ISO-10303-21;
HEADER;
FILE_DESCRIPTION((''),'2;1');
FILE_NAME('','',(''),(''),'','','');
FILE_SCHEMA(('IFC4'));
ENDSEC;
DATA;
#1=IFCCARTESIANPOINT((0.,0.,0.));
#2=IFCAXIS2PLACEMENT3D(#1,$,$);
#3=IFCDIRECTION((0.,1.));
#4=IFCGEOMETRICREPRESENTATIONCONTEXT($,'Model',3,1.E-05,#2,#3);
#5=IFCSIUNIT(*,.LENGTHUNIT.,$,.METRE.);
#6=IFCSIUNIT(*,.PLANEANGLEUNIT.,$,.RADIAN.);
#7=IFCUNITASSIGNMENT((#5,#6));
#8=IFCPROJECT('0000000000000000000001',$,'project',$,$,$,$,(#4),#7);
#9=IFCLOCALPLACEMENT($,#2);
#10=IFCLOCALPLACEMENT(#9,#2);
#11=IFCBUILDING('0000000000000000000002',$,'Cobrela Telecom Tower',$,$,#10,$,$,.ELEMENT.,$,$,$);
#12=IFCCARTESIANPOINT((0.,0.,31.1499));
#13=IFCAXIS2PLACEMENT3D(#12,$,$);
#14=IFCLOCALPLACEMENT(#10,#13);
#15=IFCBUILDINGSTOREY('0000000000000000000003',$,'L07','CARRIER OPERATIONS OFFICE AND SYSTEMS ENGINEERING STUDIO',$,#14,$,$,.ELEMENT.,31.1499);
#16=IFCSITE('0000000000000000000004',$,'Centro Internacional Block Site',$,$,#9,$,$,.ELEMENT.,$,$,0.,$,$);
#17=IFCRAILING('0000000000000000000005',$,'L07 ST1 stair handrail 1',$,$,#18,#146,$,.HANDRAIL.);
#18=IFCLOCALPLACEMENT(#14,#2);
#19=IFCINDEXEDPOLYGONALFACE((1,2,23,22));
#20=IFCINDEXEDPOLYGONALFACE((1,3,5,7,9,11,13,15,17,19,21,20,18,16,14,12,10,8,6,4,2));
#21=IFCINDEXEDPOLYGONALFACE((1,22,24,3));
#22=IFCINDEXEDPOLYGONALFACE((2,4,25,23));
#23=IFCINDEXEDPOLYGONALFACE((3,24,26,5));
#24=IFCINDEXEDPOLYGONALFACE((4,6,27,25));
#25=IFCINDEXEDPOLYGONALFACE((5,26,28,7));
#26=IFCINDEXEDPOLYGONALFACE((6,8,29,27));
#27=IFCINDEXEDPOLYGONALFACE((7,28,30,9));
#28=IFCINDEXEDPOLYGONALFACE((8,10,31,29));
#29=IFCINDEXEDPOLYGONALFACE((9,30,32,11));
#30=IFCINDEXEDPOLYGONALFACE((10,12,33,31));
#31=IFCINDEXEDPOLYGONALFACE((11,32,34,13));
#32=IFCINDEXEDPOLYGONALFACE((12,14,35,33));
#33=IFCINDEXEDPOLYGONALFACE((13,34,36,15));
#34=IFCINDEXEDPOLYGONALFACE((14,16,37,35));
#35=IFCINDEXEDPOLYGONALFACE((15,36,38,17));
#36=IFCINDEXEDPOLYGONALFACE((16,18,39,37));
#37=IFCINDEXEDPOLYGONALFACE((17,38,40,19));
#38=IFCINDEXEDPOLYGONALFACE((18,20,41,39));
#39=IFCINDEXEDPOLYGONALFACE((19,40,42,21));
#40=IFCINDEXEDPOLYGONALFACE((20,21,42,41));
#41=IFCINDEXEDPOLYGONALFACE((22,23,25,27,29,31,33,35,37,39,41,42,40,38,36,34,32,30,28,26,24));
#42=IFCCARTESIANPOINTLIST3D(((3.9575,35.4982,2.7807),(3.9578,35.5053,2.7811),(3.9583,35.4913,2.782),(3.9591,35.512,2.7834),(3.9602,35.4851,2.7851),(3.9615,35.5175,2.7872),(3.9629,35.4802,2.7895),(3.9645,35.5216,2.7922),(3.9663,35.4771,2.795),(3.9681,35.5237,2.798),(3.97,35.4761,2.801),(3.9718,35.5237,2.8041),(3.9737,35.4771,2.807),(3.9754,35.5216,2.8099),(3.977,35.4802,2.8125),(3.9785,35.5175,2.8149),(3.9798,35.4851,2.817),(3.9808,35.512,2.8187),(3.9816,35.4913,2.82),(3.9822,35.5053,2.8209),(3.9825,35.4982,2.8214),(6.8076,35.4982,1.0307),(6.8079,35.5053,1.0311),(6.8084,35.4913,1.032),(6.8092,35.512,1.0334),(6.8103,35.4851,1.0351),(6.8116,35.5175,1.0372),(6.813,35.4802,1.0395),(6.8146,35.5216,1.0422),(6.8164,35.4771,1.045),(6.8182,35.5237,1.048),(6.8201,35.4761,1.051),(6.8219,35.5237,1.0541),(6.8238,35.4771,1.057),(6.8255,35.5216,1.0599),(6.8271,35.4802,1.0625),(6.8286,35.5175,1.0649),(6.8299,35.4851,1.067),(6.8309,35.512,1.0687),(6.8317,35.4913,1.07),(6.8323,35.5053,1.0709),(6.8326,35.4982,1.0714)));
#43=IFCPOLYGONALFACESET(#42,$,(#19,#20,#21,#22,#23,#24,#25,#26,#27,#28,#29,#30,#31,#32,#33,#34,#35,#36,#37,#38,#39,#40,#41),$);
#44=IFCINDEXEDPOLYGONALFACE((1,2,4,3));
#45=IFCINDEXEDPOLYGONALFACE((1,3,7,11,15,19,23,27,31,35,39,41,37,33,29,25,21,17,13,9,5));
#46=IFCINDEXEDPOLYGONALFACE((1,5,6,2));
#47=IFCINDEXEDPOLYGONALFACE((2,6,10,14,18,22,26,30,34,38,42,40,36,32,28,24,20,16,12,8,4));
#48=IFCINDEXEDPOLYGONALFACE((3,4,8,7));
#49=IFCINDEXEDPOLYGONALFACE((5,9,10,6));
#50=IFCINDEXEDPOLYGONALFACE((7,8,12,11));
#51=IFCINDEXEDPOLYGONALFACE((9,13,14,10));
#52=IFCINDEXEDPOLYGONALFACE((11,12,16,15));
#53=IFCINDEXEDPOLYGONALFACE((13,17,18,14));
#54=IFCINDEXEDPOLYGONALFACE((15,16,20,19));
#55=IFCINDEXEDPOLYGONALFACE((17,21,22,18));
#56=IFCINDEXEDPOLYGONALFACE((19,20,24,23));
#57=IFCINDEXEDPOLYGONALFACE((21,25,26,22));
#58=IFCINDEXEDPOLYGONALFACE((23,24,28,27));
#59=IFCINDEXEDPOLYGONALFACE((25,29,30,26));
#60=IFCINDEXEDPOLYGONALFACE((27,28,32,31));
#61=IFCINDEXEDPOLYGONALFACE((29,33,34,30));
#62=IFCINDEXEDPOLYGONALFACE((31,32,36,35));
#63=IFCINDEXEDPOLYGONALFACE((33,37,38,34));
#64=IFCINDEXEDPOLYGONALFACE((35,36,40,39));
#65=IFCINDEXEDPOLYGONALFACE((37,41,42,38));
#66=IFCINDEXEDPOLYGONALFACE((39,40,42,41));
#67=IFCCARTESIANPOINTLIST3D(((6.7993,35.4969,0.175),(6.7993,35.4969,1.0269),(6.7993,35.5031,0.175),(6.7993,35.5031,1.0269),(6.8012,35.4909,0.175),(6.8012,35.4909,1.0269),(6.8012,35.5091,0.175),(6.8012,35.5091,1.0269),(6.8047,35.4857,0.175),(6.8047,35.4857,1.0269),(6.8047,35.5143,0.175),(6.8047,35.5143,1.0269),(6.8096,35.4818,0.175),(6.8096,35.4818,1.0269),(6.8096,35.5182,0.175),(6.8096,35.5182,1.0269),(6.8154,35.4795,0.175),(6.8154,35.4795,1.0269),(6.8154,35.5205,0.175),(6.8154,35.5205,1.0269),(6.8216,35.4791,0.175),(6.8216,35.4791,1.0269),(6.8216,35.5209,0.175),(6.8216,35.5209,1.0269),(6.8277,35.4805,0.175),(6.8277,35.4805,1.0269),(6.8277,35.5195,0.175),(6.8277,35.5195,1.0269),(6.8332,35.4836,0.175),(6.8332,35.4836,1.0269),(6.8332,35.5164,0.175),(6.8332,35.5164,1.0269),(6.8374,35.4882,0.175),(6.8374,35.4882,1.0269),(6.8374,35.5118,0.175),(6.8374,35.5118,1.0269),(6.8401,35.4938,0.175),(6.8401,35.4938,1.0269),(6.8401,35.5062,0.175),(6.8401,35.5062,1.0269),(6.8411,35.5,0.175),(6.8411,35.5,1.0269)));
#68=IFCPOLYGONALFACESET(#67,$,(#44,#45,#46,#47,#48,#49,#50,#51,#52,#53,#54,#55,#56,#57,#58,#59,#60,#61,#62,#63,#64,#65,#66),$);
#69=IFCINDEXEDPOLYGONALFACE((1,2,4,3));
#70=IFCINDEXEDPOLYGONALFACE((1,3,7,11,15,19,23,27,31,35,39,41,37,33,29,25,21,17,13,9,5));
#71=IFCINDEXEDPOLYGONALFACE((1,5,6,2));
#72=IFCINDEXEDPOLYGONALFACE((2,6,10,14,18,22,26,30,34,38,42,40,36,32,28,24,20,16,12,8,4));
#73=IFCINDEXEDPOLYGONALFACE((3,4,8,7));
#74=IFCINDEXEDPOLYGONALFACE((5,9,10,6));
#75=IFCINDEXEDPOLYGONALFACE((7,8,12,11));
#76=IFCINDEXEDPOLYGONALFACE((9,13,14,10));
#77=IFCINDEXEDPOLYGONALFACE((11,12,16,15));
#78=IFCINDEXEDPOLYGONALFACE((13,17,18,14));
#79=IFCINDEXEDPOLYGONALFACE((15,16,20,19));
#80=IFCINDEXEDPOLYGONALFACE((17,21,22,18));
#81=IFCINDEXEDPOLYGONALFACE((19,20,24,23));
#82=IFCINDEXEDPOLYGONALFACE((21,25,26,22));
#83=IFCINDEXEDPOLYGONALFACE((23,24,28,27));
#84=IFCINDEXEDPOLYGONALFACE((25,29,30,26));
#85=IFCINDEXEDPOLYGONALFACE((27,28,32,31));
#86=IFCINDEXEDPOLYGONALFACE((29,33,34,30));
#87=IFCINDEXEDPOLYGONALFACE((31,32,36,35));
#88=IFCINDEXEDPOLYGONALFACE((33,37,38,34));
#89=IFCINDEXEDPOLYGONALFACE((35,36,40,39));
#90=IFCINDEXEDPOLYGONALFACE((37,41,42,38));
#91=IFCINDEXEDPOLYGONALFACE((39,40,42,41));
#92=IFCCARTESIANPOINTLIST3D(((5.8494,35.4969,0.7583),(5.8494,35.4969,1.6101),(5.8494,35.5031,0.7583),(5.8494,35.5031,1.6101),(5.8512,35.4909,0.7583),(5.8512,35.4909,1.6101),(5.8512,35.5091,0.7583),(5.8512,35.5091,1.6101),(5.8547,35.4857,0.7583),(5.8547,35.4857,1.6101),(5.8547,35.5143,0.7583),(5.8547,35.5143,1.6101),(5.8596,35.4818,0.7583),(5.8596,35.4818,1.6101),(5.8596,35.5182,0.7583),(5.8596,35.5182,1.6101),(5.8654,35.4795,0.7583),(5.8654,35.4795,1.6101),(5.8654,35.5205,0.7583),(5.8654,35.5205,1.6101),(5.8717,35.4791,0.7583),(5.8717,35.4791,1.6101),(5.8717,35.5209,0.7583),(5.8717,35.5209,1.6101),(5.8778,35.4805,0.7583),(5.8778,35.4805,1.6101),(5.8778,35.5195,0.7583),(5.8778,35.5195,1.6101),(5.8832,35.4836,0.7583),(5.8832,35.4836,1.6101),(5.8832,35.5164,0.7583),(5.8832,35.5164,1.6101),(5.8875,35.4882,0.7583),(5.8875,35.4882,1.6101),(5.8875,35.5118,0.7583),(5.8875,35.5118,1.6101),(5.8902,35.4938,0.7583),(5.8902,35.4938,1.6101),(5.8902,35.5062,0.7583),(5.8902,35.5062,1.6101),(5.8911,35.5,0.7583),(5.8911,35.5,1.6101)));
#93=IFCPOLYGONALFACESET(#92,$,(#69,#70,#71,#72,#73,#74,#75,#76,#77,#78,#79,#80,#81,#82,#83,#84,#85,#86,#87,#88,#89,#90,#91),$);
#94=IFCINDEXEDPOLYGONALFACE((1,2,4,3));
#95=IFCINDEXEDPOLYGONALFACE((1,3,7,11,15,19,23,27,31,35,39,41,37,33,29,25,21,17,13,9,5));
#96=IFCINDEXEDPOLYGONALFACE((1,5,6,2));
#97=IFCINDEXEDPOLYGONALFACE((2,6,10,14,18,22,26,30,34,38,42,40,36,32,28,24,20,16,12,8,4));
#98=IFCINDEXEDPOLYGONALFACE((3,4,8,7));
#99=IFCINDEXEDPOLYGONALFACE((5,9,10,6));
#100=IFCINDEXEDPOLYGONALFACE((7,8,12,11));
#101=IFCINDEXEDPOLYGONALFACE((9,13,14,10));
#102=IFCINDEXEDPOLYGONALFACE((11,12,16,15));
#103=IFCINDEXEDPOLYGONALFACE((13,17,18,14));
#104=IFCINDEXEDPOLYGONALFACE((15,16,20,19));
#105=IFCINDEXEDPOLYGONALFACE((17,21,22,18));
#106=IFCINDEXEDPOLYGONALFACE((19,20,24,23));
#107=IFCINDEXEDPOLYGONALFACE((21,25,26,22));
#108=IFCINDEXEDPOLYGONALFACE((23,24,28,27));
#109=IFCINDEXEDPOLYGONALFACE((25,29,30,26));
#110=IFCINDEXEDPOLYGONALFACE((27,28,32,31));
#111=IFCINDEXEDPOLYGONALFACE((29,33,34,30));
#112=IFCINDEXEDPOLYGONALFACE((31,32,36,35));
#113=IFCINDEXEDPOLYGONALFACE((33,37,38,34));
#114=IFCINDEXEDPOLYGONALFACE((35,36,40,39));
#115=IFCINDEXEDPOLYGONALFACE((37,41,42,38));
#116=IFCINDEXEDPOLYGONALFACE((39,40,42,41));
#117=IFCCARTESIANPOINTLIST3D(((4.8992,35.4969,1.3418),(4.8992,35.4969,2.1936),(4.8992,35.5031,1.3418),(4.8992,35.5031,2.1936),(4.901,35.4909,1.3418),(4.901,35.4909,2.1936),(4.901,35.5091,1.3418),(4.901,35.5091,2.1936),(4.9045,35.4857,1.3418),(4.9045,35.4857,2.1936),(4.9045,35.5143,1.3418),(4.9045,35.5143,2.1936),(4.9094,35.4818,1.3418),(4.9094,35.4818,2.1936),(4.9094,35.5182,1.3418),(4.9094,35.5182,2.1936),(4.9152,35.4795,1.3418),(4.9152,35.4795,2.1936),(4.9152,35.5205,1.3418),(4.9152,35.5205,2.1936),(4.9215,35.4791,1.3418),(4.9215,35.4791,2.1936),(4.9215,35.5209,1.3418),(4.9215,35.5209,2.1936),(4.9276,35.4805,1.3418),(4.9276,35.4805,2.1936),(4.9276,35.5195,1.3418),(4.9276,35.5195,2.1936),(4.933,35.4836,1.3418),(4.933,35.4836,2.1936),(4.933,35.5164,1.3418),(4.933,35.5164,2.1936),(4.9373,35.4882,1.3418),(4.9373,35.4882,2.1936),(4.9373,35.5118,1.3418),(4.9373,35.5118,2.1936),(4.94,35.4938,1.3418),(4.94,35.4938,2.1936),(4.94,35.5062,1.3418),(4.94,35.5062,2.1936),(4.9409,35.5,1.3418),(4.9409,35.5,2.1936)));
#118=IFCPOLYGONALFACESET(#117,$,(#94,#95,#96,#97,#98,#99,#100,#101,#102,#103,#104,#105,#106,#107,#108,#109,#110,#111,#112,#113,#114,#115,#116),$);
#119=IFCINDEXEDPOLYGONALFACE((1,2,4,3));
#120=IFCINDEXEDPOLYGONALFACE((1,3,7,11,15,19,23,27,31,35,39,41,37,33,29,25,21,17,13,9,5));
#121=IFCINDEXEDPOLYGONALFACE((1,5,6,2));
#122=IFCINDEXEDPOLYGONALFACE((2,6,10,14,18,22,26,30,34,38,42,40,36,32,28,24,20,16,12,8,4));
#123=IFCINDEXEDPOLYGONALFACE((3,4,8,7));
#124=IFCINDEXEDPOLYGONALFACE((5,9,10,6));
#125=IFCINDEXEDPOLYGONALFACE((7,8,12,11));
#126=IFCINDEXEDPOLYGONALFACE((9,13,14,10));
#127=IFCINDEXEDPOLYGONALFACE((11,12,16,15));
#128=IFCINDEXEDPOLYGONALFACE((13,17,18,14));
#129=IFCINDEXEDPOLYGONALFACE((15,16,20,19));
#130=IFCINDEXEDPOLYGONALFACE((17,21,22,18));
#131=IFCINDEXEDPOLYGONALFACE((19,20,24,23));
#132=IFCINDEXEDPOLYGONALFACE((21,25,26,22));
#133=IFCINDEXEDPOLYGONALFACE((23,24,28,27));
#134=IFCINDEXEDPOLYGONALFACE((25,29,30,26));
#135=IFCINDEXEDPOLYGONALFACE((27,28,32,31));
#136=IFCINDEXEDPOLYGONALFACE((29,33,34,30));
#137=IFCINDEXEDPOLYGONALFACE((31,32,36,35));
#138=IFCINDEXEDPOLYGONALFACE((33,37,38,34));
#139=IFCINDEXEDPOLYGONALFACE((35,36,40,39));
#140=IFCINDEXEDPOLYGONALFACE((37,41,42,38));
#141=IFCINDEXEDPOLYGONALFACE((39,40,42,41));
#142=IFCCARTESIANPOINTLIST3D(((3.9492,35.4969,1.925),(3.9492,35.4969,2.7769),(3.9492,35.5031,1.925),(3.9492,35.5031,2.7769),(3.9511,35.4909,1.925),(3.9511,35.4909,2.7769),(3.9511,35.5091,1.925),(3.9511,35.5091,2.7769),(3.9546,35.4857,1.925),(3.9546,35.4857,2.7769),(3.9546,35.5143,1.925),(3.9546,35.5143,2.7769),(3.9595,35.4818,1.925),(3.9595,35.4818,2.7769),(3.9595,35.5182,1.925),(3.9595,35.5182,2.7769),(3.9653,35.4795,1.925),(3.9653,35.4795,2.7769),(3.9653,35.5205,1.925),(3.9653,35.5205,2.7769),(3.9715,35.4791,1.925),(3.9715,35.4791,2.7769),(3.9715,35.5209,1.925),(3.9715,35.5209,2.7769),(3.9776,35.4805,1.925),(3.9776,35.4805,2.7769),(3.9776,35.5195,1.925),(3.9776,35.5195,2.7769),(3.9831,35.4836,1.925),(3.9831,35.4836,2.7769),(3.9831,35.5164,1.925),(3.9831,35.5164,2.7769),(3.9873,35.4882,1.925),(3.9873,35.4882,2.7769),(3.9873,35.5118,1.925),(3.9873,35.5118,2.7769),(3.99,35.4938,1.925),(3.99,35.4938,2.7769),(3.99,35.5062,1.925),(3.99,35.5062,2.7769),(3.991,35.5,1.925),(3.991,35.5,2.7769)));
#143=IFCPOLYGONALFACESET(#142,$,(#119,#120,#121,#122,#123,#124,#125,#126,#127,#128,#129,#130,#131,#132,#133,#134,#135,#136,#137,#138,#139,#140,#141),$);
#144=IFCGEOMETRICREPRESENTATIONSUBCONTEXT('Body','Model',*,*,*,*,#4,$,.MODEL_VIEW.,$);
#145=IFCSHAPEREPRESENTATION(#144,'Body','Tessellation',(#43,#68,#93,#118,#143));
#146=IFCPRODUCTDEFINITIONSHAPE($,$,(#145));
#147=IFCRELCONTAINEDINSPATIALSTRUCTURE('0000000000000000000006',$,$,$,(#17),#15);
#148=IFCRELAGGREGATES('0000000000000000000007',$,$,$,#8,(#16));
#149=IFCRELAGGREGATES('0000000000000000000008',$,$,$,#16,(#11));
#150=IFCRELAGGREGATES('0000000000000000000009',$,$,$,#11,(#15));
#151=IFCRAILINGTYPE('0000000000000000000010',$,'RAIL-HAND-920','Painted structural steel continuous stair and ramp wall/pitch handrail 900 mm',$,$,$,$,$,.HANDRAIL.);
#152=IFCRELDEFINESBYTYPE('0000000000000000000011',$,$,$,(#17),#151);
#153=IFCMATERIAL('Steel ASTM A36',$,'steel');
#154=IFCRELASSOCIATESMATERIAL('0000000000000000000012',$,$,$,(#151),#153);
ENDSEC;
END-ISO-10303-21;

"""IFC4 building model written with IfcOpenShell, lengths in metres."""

from ifc_helpers import new_model, si_unit, direction, frame, origin, origin_2d, place, context, subcontext, project, spatial, circle, extrude, material, type_object, element, save


model = new_model("IFC4")

# Units and contexts
model_context = context("Model", 3, precision=1e-05, world=origin(), true_north=direction((0.0, 1.0)))
body_context = subcontext(model_context, "Body", "Model", "MODEL_VIEW")
ifc_project = project(units=[si_unit("LENGTHUNIT", "METRE"), si_unit("PLANEANGLEUNIT", "RADIAN")], contexts=[model_context])

# Site, building, storey
site_placement = place(None, origin())
site = spatial("IfcSite", under=ifc_project, at=site_placement, Name="Centro Internacional Block Site", CompositionType="ELEMENT", RefElevation=0.0)
building_placement = place(site_placement, origin())
building = spatial("IfcBuilding", under=site, at=building_placement, Name="Cobrela Telecom Tower", CompositionType="ELEMENT")
storey_placement = place(building_placement, frame((0.0, 0.0, 31.1499)))
storey = spatial("IfcBuildingStorey", under=building, at=storey_placement, Name="L07", Description="CARRIER OPERATIONS OFFICE AND SYSTEMS ENGINEERING STUDIO", CompositionType="ELEMENT", Elevation=31.1499)

# Shared definitions
ifc_material_1 = material(Name="Steel ASTM A36", Category="steel")

# Railing
railing_type_1 = type_object("IfcRailingType", Name="RAIL-HAND-920", Description="Painted structural steel continuous stair and ramp wall/pitch handrail 900 mm", PredefinedType="HANDRAIL", material=ifc_material_1)
railing_1_placement = place(storey_placement, frame((6.8201, 35.5, 0.175)))
element("IfcRailing", 1, at=railing_1_placement, inside=storey, type_object=railing_type_1, Name="L07 ST1 stair handrail 1", PredefinedType="HANDRAIL", context=body_context, shape_type="SweptSolid", body=[
    extrude(circle(Radius=0.0239, at=origin_2d()), frame((0.0, 0.0, 0.876), z_axis=(-0.852179, 0.0, 0.52325), x_axis=(0.0, -1.0, 0.0)), (0.0, 0.0, 1.0), 3.3445),
    extrude(circle(Radius=0.021, at=origin_2d()), origin(), (0.0, 0.0, 1.0), 0.8518),
    extrude(circle(Radius=0.021, at=origin_2d()), frame((-0.95, 0.0, 0.5833)), (0.0, 0.0, 1.0), 0.8518),
    extrude(circle(Radius=0.021, at=origin_2d()), frame((-1.9001, 0.0, 1.1667)), (0.0, 0.0, 1.0), 0.8518),
    extrude(circle(Radius=0.021, at=origin_2d()), frame((-2.8501, 0.0, 1.75)), (0.0, 0.0, 1.0), 0.8518),
])

save(model, "model.ifc")
